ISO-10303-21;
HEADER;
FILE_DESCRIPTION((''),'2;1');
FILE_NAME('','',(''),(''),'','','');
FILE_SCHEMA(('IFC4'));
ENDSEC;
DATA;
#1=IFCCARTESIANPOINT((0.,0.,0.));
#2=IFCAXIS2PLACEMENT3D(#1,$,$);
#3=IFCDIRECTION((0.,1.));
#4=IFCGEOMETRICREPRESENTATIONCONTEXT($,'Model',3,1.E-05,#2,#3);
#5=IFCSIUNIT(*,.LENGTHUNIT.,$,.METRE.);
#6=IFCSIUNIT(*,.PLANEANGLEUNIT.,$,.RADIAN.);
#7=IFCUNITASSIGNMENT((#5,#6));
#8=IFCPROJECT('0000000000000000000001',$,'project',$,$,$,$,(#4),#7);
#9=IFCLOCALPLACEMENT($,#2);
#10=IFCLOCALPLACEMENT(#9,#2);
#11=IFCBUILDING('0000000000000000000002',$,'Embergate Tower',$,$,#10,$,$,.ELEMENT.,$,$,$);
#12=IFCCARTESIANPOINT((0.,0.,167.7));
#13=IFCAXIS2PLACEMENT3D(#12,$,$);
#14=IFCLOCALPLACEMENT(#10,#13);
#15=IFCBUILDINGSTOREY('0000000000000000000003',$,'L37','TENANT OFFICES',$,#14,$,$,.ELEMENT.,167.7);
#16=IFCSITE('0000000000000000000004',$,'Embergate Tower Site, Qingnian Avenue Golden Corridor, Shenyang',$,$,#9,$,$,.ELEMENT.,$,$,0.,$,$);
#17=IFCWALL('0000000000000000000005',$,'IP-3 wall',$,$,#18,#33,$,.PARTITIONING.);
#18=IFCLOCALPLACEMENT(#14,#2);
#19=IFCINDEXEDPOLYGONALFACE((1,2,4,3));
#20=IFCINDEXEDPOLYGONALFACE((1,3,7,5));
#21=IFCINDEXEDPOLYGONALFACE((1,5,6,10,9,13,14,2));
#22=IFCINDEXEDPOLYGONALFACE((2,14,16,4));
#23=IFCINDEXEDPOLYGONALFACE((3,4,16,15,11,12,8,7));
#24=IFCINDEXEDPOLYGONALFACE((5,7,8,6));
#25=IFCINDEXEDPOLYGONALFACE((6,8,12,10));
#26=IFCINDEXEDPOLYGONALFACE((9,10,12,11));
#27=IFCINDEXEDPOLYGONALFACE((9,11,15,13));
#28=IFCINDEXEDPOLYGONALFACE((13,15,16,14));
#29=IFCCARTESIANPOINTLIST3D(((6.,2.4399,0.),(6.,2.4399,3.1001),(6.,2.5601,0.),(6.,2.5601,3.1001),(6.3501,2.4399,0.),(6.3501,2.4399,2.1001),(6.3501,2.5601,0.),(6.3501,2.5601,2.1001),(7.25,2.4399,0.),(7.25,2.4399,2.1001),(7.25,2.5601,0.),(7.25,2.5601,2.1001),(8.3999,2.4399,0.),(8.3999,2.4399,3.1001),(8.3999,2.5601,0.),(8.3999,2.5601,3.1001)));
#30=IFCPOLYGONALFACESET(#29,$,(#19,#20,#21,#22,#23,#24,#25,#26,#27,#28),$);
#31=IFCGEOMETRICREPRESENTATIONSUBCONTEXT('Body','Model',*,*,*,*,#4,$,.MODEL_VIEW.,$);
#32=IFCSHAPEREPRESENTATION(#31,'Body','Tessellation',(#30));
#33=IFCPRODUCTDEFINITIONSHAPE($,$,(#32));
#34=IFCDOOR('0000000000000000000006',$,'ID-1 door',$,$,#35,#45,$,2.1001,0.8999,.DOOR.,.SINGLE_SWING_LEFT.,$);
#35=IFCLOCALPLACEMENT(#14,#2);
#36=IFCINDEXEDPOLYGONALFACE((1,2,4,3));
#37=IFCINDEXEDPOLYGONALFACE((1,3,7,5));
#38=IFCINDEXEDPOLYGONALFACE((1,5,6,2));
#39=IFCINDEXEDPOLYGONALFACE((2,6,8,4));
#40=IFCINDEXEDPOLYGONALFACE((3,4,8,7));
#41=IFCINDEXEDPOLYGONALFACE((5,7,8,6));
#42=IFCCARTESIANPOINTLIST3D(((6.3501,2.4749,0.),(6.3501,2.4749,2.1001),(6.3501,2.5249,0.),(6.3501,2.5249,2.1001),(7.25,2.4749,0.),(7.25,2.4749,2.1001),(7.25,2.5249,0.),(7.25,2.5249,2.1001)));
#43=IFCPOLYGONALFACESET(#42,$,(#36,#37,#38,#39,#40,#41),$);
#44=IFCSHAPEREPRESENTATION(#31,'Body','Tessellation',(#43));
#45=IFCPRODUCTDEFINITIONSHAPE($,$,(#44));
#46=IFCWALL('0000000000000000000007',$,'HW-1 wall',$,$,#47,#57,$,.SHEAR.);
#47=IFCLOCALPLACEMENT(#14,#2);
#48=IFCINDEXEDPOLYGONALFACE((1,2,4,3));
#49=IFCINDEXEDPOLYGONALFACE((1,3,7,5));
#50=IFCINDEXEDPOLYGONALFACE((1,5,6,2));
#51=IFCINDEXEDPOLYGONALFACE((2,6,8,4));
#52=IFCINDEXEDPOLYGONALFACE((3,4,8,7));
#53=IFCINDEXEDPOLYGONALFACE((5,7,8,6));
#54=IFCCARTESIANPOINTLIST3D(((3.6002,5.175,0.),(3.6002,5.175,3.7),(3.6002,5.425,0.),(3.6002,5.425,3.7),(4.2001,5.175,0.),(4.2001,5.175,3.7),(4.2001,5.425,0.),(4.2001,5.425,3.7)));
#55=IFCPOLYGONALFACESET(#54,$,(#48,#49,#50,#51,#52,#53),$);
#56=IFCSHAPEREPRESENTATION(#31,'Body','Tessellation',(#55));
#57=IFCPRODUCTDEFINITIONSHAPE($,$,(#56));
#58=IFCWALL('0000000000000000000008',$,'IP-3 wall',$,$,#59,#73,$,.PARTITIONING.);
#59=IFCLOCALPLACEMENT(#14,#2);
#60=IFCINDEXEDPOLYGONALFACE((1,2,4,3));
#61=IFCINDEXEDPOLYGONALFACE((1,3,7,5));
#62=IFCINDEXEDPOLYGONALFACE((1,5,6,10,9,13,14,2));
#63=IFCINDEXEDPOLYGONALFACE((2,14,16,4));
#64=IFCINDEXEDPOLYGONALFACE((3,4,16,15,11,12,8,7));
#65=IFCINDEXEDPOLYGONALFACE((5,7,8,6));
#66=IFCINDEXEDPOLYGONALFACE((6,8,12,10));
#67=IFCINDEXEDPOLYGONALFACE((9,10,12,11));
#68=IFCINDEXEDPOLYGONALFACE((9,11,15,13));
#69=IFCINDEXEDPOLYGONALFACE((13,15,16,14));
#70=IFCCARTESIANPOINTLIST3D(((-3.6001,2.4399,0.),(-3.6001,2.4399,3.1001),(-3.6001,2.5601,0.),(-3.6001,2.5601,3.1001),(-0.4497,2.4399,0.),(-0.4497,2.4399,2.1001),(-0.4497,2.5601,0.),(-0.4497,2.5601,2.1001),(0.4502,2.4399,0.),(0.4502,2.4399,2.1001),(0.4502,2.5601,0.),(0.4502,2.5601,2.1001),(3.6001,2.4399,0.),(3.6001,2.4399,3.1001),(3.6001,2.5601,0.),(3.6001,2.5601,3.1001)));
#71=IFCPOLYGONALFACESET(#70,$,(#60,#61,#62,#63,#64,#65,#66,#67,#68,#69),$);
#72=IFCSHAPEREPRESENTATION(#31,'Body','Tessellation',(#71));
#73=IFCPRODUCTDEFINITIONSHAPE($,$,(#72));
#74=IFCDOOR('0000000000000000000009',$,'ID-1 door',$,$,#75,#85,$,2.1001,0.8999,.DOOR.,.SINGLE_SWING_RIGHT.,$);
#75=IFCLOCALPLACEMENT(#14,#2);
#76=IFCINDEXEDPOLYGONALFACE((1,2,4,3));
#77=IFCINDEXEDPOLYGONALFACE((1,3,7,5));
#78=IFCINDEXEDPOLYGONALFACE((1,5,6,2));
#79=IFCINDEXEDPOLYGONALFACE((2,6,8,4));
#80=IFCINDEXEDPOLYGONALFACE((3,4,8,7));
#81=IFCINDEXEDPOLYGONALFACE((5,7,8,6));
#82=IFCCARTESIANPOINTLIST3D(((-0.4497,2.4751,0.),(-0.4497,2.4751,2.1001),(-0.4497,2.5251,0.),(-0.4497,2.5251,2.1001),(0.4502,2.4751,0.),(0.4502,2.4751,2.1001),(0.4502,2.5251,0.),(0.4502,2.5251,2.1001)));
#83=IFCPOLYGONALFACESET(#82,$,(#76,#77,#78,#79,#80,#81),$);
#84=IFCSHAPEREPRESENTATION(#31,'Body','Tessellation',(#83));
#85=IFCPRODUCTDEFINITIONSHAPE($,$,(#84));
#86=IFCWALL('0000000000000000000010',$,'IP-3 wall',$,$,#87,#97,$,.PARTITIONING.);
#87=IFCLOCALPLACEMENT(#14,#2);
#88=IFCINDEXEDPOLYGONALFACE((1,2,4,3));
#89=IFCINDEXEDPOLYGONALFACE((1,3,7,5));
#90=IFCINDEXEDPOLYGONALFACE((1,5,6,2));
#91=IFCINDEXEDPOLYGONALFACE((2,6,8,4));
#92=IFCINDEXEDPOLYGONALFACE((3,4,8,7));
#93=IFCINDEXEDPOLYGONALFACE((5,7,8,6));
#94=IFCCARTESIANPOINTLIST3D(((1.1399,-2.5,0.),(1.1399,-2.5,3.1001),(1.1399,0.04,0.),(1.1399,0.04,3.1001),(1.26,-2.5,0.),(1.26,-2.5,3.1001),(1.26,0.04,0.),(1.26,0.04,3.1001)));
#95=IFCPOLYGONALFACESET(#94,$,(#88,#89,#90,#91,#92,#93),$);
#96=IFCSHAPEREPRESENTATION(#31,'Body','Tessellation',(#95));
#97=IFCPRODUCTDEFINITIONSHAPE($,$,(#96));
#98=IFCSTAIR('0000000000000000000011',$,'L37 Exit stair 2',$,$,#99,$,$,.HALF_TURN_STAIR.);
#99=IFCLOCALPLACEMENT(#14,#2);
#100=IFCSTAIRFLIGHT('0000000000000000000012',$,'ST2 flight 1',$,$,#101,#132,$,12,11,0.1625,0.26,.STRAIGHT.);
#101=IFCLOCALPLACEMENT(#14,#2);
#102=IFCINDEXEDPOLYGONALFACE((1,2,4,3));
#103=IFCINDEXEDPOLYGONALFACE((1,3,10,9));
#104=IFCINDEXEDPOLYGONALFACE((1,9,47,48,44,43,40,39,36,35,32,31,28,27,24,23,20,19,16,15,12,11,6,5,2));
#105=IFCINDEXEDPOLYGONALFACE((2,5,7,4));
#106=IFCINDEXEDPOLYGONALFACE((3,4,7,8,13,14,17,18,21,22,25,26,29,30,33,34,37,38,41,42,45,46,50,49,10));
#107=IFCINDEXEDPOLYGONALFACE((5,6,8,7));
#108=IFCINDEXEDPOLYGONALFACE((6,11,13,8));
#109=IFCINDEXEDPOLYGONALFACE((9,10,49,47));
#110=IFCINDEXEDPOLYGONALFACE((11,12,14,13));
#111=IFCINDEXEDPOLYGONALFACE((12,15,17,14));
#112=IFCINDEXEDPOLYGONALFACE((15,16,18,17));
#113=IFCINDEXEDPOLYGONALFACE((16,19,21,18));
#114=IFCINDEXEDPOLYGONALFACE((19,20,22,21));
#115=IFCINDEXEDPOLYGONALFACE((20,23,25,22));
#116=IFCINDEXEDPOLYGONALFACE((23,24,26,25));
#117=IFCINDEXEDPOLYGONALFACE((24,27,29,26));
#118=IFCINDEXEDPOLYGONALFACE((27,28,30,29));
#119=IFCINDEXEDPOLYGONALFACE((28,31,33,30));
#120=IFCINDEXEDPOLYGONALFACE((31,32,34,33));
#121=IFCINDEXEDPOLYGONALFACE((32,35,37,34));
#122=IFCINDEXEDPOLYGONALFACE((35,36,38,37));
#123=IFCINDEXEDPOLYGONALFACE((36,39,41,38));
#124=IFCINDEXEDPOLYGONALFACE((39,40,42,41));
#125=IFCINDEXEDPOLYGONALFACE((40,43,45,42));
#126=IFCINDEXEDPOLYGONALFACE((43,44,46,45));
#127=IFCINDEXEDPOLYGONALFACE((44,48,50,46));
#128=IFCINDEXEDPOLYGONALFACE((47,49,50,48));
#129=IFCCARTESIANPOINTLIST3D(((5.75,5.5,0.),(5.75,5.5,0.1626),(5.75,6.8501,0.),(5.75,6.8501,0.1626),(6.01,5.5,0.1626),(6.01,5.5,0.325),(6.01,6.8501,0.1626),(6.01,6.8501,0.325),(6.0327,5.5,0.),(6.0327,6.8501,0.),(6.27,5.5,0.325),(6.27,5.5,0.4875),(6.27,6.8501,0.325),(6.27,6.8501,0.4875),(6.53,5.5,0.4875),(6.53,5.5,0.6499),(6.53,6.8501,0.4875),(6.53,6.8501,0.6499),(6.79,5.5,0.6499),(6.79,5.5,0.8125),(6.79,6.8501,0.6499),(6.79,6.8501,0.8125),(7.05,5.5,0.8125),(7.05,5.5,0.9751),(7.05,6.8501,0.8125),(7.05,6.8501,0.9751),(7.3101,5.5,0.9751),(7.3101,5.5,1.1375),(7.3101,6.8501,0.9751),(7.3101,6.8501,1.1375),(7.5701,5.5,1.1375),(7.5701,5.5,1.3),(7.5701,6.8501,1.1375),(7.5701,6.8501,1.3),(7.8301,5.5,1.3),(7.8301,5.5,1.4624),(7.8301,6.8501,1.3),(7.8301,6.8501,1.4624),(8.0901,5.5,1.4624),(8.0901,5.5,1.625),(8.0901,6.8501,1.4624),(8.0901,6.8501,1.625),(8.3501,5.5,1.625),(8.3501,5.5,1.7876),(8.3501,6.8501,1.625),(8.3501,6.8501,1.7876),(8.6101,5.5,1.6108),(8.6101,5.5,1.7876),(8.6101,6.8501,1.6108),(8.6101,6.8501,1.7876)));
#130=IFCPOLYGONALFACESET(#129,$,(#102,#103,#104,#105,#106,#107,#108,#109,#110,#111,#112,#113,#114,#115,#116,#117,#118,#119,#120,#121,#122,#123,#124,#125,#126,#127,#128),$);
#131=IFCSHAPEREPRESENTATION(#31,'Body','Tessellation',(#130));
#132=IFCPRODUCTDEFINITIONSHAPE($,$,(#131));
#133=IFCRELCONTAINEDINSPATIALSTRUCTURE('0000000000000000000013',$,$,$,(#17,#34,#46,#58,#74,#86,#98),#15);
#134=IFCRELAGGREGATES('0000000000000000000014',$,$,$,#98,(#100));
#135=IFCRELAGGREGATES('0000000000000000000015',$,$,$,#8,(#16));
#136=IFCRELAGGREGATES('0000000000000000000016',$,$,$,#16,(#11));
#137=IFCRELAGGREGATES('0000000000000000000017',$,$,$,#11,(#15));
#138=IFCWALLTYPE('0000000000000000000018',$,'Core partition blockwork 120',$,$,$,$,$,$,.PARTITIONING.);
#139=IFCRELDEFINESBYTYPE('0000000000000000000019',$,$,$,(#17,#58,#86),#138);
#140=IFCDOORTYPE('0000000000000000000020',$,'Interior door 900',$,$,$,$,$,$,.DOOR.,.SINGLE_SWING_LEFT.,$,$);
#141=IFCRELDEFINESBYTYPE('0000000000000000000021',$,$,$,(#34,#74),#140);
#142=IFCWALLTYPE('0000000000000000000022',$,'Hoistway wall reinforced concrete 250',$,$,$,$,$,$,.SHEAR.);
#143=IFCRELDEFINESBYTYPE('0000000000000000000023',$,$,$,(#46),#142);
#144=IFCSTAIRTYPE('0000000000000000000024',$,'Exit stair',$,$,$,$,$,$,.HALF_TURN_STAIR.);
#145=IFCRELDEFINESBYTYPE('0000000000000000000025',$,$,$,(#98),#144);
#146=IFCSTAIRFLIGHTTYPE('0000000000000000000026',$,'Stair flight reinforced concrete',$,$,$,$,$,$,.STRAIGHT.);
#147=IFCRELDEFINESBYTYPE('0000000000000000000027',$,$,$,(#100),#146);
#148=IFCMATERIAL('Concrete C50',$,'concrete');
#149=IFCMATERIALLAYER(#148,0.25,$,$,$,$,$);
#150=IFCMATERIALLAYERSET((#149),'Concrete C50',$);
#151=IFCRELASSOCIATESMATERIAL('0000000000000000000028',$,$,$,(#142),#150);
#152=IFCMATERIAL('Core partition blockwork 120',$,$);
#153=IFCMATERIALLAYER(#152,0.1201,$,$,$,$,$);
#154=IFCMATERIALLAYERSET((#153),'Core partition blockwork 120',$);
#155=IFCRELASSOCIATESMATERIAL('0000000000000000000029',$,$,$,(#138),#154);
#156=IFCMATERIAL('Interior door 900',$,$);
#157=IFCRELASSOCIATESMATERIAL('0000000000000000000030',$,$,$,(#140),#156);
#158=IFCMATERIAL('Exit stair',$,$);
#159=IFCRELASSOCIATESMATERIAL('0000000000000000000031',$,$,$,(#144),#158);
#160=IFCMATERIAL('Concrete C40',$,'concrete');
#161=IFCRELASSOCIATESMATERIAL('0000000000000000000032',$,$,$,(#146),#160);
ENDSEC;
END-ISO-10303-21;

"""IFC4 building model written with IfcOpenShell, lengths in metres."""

from ifc_helpers import new_model, si_unit, direction, frame, frame_2d, origin, place, context, subcontext, project, spatial, polyline, rectangle, outline, extrude, source, transform, mapped, material, layer, layer_set, type_object, element, fill, aggregate, save


model = new_model("IFC4")

# Units and contexts
model_context = context("Model", 3, precision=1e-05, world=origin(), true_north=direction((0.0, 1.0)))
body_context = subcontext(model_context, "Body", "Model", "MODEL_VIEW")
ifc_project = project(units=[si_unit("LENGTHUNIT", "METRE"), si_unit("PLANEANGLEUNIT", "RADIAN")], contexts=[model_context])

# Site, building, storey
site_placement = place(None, origin())
site = spatial("IfcSite", under=ifc_project, at=site_placement, Name="Embergate Tower Site, Qingnian Avenue Golden Corridor, Shenyang", CompositionType="ELEMENT", RefElevation=0.0)
building_placement = place(site_placement, origin())
building = spatial("IfcBuilding", under=site, at=building_placement, Name="Embergate Tower", CompositionType="ELEMENT")
storey_placement = place(building_placement, frame((0.0, 0.0, 167.7)))
storey = spatial("IfcBuildingStorey", under=building, at=storey_placement, Name="L37", Description="TENANT OFFICES", CompositionType="ELEMENT", Elevation=167.7)

# Shared definitions
ifc_material_1 = material(Name="Concrete C50", Category="concrete")
ifc_layer_1 = layer(ifc_material_1, 0.25)
ifc_layer_set_1 = layer_set([ifc_layer_1], Name="Concrete C50")
wall_type_1 = type_object("IfcWallType", Name="Hoistway wall reinforced concrete 250", PredefinedType="SHEAR", material=ifc_layer_set_1)

# Shared definitions
ifc_material_2 = material(Name="Core partition blockwork 120")
ifc_layer_2 = layer(ifc_material_2, 0.1201)
ifc_layer_set_2 = layer_set([ifc_layer_2], Name="Core partition blockwork 120")
wall_type_2 = type_object("IfcWallType", Name="Core partition blockwork 120", PredefinedType="PARTITIONING", material=ifc_layer_set_2)

# Wall, opening, door
shared_shape_1 = source(origin(), body_context, "Body", "SweptSolid", [
    extrude(rectangle(XDim=2.3999, YDim=0.1201, at=frame_2d((1.2, 0.0))), origin(), (0.0, 0.0, 1.0), 3.1001),
])
wall_1_placement = place(storey_placement, frame((6.0, 2.5, 0.0), z_axis=(0.0, 0.0, 1.0), x_axis=(1.0, 0.0, 0.0)))
wall_1 = element("IfcWall", 1, at=wall_1_placement, inside=storey, type_object=wall_type_2, Name="IP-3 wall", PredefinedType="PARTITIONING", context=body_context, shape_type="MappedRepresentation", body=[
    mapped(shared_shape_1, transform((0.0, 0.0, 0.0))),
])
shared_shape_2 = source(origin(), body_context, "Body", "SweptSolid", [
    extrude(rectangle(XDim=0.8999, YDim=2.1001, at=frame_2d((0.45, 1.05))), frame((0.0, 0.0701, 0.0), z_axis=(0.0, -1.0, 0.0), x_axis=(1.0, 0.0, 0.0)), (0.0, 0.0, 1.0), 0.1401),
])
opening_1_placement = place(wall_1_placement, frame((0.3501, 0.0, 0.0)))
opening_1 = element("IfcOpeningElement", 2, at=opening_1_placement, cuts=wall_1, PredefinedType="OPENING", context=body_context, shape_type="MappedRepresentation", body=[
    mapped(shared_shape_2, transform((0.0, 0.0, 0.0))),
])
ifc_material_3 = material(Name="Interior door 900")
door_type_1 = type_object("IfcDoorType", Name="Interior door 900", OperationType="SINGLE_SWING_LEFT", PredefinedType="DOOR", material=ifc_material_3)
shared_shape_3 = source(origin(), body_context, "Body", "SweptSolid", [
    extrude(rectangle(XDim=0.8999, YDim=2.1001, at=frame_2d((0.45, 1.05))), frame((0.0, 0.0249, 0.0), z_axis=(0.0, -1.0, 0.0), x_axis=(1.0, 0.0, 0.0)), (0.0, 0.0, 1.0), 0.05),
])
door_1_placement = place(opening_1_placement, origin())
door_1 = element("IfcDoor", 3, at=door_1_placement, inside=storey, type_object=door_type_1, Name="ID-1 door", OperationType="SINGLE_SWING_LEFT", OverallHeight=2.1001, OverallWidth=0.8999, PredefinedType="DOOR", context=body_context, shape_type="MappedRepresentation", body=[
    mapped(shared_shape_3, transform((0.0, 0.0, 0.0))),
])
fill(opening_1, door_1)

# Wall
shared_shape_4 = source(origin(), body_context, "Body", "SweptSolid", [
    extrude(rectangle(XDim=0.5999, YDim=0.25, at=frame_2d((0.2998, 0.0))), origin(), (0.0, 0.0, 1.0), 3.7),
])
wall_2_placement = place(storey_placement, frame((4.2, 5.3, 0.0), z_axis=(0.0, 0.0, 1.0), x_axis=(-1.0, 0.0, 0.0)))
element("IfcWall", 4, at=wall_2_placement, inside=storey, type_object=wall_type_1, Name="HW-1 wall", PredefinedType="SHEAR", context=body_context, shape_type="MappedRepresentation", body=[
    mapped(shared_shape_4, transform((0.0, 0.0, 0.0))),
])

# Wall, opening, door
shared_shape_5 = source(origin(), body_context, "Body", "SweptSolid", [
    extrude(rectangle(XDim=7.2002, YDim=0.1201, at=frame_2d((3.6001, 0.0))), origin(), (0.0, 0.0, 1.0), 3.1001),
])
wall_3_placement = place(storey_placement, frame((3.6001, 2.5, 0.0), z_axis=(0.0, 0.0, 1.0), x_axis=(-1.0, 0.0, 0.0)))
wall_3 = element("IfcWall", 5, at=wall_3_placement, inside=storey, type_object=wall_type_2, Name="IP-3 wall", PredefinedType="PARTITIONING", context=body_context, shape_type="MappedRepresentation", body=[
    mapped(shared_shape_5, transform((0.0, 0.0, 0.0))),
])
opening_2_placement = place(wall_3_placement, frame((3.1499, 0.0, 0.0)))
opening_2 = element("IfcOpeningElement", 6, at=opening_2_placement, cuts=wall_3, PredefinedType="OPENING", context=body_context, shape_type="MappedRepresentation", body=[
    mapped(shared_shape_2, transform((0.0, 0.0, 0.0))),
])
door_2_placement = place(opening_2_placement, origin())
door_2 = element("IfcDoor", 7, at=door_2_placement, inside=storey, type_object=door_type_1, Name="ID-1 door", OperationType="SINGLE_SWING_RIGHT", OverallHeight=2.1001, OverallWidth=0.8999, PredefinedType="DOOR", context=body_context, shape_type="MappedRepresentation", body=[
    mapped(shared_shape_3, transform((0.0, 0.0, 0.0))),
])
fill(opening_2, door_2)

# Wall
shared_shape_6 = source(origin(), body_context, "Body", "SweptSolid", [
    extrude(rectangle(XDim=2.54, YDim=0.1201, at=frame_2d((1.27, 0.0))), origin(), (0.0, 0.0, 1.0), 3.1001),
])
wall_4_placement = place(storey_placement, frame((1.2, 0.04, 0.0), z_axis=(0.0, 0.0, 1.0), x_axis=(0.0, -1.0, 0.0)))
element("IfcWall", 8, at=wall_4_placement, inside=storey, type_object=wall_type_2, Name="IP-3 wall", PredefinedType="PARTITIONING", context=body_context, shape_type="MappedRepresentation", body=[
    mapped(shared_shape_6, transform((0.0, 0.0, 0.0))),
])

# Stair, stair flight
ifc_material_4 = material(Name="Exit stair")
stair_type = type_object("IfcStairType", Name="Exit stair", PredefinedType="HALF_TURN_STAIR", material=ifc_material_4)
stair_placement = place(storey_placement, origin())
stair = element("IfcStair", 9, at=stair_placement, inside=storey, type_object=stair_type, Name="L37 Exit stair 2", PredefinedType="HALF_TURN_STAIR")
ifc_material_5 = material(Name="Concrete C40", Category="concrete")
stair_flight_type = type_object("IfcStairFlightType", Name="Stair flight reinforced concrete", PredefinedType="STRAIGHT", material=ifc_material_5)
shared_shape_7 = source(origin(), body_context, "Body", "SweptSolid", [
    extrude(outline(polyline([(0.0, 0.0), (0.0, 0.1626), (0.26, 0.1626), (0.26, 0.325), (0.52, 0.325), (0.52, 0.4875), (0.78, 0.4875), (0.78, 0.6499), (1.04, 0.6499), (1.04, 0.8125), (1.3, 0.8125), (1.3, 0.9751), (1.5601, 0.9751), (1.5601, 1.1375), (1.8201, 1.1375), (1.8201, 1.3), (2.0801, 1.3), (2.0801, 1.4624), (2.3401, 1.4624), (2.3401, 1.625), (2.6001, 1.625), (2.6001, 1.7876), (2.8601, 1.7876), (2.8601, 1.95), (2.8601, 1.6108), (0.2827, 0.0), (0.0, 0.0)])), frame((0.0, 0.675, 0.0), z_axis=(0.0, -1.0, 0.0), x_axis=(1.0, 0.0, 0.0)), (0.0, 0.0, 1.0), 1.3501),
])
stair_flight_placement = place(storey_placement, frame((5.75, 6.175, 0.0), z_axis=(0.0, 0.0, 1.0), x_axis=(1.0, 0.0, 0.0)))
stair_flight = element("IfcStairFlight", 10, at=stair_flight_placement, type_object=stair_flight_type, Name="ST2 flight 1", NumberOfRisers=12, NumberOfTreads=11, PredefinedType="STRAIGHT", RiserHeight=0.1625, TreadLength=0.26, context=body_context, shape_type="MappedRepresentation", body=[
    mapped(shared_shape_7, transform((0.0, 0.0, 0.0))),
])
aggregate(stair, [stair_flight])

save(model, "model.ifc")
